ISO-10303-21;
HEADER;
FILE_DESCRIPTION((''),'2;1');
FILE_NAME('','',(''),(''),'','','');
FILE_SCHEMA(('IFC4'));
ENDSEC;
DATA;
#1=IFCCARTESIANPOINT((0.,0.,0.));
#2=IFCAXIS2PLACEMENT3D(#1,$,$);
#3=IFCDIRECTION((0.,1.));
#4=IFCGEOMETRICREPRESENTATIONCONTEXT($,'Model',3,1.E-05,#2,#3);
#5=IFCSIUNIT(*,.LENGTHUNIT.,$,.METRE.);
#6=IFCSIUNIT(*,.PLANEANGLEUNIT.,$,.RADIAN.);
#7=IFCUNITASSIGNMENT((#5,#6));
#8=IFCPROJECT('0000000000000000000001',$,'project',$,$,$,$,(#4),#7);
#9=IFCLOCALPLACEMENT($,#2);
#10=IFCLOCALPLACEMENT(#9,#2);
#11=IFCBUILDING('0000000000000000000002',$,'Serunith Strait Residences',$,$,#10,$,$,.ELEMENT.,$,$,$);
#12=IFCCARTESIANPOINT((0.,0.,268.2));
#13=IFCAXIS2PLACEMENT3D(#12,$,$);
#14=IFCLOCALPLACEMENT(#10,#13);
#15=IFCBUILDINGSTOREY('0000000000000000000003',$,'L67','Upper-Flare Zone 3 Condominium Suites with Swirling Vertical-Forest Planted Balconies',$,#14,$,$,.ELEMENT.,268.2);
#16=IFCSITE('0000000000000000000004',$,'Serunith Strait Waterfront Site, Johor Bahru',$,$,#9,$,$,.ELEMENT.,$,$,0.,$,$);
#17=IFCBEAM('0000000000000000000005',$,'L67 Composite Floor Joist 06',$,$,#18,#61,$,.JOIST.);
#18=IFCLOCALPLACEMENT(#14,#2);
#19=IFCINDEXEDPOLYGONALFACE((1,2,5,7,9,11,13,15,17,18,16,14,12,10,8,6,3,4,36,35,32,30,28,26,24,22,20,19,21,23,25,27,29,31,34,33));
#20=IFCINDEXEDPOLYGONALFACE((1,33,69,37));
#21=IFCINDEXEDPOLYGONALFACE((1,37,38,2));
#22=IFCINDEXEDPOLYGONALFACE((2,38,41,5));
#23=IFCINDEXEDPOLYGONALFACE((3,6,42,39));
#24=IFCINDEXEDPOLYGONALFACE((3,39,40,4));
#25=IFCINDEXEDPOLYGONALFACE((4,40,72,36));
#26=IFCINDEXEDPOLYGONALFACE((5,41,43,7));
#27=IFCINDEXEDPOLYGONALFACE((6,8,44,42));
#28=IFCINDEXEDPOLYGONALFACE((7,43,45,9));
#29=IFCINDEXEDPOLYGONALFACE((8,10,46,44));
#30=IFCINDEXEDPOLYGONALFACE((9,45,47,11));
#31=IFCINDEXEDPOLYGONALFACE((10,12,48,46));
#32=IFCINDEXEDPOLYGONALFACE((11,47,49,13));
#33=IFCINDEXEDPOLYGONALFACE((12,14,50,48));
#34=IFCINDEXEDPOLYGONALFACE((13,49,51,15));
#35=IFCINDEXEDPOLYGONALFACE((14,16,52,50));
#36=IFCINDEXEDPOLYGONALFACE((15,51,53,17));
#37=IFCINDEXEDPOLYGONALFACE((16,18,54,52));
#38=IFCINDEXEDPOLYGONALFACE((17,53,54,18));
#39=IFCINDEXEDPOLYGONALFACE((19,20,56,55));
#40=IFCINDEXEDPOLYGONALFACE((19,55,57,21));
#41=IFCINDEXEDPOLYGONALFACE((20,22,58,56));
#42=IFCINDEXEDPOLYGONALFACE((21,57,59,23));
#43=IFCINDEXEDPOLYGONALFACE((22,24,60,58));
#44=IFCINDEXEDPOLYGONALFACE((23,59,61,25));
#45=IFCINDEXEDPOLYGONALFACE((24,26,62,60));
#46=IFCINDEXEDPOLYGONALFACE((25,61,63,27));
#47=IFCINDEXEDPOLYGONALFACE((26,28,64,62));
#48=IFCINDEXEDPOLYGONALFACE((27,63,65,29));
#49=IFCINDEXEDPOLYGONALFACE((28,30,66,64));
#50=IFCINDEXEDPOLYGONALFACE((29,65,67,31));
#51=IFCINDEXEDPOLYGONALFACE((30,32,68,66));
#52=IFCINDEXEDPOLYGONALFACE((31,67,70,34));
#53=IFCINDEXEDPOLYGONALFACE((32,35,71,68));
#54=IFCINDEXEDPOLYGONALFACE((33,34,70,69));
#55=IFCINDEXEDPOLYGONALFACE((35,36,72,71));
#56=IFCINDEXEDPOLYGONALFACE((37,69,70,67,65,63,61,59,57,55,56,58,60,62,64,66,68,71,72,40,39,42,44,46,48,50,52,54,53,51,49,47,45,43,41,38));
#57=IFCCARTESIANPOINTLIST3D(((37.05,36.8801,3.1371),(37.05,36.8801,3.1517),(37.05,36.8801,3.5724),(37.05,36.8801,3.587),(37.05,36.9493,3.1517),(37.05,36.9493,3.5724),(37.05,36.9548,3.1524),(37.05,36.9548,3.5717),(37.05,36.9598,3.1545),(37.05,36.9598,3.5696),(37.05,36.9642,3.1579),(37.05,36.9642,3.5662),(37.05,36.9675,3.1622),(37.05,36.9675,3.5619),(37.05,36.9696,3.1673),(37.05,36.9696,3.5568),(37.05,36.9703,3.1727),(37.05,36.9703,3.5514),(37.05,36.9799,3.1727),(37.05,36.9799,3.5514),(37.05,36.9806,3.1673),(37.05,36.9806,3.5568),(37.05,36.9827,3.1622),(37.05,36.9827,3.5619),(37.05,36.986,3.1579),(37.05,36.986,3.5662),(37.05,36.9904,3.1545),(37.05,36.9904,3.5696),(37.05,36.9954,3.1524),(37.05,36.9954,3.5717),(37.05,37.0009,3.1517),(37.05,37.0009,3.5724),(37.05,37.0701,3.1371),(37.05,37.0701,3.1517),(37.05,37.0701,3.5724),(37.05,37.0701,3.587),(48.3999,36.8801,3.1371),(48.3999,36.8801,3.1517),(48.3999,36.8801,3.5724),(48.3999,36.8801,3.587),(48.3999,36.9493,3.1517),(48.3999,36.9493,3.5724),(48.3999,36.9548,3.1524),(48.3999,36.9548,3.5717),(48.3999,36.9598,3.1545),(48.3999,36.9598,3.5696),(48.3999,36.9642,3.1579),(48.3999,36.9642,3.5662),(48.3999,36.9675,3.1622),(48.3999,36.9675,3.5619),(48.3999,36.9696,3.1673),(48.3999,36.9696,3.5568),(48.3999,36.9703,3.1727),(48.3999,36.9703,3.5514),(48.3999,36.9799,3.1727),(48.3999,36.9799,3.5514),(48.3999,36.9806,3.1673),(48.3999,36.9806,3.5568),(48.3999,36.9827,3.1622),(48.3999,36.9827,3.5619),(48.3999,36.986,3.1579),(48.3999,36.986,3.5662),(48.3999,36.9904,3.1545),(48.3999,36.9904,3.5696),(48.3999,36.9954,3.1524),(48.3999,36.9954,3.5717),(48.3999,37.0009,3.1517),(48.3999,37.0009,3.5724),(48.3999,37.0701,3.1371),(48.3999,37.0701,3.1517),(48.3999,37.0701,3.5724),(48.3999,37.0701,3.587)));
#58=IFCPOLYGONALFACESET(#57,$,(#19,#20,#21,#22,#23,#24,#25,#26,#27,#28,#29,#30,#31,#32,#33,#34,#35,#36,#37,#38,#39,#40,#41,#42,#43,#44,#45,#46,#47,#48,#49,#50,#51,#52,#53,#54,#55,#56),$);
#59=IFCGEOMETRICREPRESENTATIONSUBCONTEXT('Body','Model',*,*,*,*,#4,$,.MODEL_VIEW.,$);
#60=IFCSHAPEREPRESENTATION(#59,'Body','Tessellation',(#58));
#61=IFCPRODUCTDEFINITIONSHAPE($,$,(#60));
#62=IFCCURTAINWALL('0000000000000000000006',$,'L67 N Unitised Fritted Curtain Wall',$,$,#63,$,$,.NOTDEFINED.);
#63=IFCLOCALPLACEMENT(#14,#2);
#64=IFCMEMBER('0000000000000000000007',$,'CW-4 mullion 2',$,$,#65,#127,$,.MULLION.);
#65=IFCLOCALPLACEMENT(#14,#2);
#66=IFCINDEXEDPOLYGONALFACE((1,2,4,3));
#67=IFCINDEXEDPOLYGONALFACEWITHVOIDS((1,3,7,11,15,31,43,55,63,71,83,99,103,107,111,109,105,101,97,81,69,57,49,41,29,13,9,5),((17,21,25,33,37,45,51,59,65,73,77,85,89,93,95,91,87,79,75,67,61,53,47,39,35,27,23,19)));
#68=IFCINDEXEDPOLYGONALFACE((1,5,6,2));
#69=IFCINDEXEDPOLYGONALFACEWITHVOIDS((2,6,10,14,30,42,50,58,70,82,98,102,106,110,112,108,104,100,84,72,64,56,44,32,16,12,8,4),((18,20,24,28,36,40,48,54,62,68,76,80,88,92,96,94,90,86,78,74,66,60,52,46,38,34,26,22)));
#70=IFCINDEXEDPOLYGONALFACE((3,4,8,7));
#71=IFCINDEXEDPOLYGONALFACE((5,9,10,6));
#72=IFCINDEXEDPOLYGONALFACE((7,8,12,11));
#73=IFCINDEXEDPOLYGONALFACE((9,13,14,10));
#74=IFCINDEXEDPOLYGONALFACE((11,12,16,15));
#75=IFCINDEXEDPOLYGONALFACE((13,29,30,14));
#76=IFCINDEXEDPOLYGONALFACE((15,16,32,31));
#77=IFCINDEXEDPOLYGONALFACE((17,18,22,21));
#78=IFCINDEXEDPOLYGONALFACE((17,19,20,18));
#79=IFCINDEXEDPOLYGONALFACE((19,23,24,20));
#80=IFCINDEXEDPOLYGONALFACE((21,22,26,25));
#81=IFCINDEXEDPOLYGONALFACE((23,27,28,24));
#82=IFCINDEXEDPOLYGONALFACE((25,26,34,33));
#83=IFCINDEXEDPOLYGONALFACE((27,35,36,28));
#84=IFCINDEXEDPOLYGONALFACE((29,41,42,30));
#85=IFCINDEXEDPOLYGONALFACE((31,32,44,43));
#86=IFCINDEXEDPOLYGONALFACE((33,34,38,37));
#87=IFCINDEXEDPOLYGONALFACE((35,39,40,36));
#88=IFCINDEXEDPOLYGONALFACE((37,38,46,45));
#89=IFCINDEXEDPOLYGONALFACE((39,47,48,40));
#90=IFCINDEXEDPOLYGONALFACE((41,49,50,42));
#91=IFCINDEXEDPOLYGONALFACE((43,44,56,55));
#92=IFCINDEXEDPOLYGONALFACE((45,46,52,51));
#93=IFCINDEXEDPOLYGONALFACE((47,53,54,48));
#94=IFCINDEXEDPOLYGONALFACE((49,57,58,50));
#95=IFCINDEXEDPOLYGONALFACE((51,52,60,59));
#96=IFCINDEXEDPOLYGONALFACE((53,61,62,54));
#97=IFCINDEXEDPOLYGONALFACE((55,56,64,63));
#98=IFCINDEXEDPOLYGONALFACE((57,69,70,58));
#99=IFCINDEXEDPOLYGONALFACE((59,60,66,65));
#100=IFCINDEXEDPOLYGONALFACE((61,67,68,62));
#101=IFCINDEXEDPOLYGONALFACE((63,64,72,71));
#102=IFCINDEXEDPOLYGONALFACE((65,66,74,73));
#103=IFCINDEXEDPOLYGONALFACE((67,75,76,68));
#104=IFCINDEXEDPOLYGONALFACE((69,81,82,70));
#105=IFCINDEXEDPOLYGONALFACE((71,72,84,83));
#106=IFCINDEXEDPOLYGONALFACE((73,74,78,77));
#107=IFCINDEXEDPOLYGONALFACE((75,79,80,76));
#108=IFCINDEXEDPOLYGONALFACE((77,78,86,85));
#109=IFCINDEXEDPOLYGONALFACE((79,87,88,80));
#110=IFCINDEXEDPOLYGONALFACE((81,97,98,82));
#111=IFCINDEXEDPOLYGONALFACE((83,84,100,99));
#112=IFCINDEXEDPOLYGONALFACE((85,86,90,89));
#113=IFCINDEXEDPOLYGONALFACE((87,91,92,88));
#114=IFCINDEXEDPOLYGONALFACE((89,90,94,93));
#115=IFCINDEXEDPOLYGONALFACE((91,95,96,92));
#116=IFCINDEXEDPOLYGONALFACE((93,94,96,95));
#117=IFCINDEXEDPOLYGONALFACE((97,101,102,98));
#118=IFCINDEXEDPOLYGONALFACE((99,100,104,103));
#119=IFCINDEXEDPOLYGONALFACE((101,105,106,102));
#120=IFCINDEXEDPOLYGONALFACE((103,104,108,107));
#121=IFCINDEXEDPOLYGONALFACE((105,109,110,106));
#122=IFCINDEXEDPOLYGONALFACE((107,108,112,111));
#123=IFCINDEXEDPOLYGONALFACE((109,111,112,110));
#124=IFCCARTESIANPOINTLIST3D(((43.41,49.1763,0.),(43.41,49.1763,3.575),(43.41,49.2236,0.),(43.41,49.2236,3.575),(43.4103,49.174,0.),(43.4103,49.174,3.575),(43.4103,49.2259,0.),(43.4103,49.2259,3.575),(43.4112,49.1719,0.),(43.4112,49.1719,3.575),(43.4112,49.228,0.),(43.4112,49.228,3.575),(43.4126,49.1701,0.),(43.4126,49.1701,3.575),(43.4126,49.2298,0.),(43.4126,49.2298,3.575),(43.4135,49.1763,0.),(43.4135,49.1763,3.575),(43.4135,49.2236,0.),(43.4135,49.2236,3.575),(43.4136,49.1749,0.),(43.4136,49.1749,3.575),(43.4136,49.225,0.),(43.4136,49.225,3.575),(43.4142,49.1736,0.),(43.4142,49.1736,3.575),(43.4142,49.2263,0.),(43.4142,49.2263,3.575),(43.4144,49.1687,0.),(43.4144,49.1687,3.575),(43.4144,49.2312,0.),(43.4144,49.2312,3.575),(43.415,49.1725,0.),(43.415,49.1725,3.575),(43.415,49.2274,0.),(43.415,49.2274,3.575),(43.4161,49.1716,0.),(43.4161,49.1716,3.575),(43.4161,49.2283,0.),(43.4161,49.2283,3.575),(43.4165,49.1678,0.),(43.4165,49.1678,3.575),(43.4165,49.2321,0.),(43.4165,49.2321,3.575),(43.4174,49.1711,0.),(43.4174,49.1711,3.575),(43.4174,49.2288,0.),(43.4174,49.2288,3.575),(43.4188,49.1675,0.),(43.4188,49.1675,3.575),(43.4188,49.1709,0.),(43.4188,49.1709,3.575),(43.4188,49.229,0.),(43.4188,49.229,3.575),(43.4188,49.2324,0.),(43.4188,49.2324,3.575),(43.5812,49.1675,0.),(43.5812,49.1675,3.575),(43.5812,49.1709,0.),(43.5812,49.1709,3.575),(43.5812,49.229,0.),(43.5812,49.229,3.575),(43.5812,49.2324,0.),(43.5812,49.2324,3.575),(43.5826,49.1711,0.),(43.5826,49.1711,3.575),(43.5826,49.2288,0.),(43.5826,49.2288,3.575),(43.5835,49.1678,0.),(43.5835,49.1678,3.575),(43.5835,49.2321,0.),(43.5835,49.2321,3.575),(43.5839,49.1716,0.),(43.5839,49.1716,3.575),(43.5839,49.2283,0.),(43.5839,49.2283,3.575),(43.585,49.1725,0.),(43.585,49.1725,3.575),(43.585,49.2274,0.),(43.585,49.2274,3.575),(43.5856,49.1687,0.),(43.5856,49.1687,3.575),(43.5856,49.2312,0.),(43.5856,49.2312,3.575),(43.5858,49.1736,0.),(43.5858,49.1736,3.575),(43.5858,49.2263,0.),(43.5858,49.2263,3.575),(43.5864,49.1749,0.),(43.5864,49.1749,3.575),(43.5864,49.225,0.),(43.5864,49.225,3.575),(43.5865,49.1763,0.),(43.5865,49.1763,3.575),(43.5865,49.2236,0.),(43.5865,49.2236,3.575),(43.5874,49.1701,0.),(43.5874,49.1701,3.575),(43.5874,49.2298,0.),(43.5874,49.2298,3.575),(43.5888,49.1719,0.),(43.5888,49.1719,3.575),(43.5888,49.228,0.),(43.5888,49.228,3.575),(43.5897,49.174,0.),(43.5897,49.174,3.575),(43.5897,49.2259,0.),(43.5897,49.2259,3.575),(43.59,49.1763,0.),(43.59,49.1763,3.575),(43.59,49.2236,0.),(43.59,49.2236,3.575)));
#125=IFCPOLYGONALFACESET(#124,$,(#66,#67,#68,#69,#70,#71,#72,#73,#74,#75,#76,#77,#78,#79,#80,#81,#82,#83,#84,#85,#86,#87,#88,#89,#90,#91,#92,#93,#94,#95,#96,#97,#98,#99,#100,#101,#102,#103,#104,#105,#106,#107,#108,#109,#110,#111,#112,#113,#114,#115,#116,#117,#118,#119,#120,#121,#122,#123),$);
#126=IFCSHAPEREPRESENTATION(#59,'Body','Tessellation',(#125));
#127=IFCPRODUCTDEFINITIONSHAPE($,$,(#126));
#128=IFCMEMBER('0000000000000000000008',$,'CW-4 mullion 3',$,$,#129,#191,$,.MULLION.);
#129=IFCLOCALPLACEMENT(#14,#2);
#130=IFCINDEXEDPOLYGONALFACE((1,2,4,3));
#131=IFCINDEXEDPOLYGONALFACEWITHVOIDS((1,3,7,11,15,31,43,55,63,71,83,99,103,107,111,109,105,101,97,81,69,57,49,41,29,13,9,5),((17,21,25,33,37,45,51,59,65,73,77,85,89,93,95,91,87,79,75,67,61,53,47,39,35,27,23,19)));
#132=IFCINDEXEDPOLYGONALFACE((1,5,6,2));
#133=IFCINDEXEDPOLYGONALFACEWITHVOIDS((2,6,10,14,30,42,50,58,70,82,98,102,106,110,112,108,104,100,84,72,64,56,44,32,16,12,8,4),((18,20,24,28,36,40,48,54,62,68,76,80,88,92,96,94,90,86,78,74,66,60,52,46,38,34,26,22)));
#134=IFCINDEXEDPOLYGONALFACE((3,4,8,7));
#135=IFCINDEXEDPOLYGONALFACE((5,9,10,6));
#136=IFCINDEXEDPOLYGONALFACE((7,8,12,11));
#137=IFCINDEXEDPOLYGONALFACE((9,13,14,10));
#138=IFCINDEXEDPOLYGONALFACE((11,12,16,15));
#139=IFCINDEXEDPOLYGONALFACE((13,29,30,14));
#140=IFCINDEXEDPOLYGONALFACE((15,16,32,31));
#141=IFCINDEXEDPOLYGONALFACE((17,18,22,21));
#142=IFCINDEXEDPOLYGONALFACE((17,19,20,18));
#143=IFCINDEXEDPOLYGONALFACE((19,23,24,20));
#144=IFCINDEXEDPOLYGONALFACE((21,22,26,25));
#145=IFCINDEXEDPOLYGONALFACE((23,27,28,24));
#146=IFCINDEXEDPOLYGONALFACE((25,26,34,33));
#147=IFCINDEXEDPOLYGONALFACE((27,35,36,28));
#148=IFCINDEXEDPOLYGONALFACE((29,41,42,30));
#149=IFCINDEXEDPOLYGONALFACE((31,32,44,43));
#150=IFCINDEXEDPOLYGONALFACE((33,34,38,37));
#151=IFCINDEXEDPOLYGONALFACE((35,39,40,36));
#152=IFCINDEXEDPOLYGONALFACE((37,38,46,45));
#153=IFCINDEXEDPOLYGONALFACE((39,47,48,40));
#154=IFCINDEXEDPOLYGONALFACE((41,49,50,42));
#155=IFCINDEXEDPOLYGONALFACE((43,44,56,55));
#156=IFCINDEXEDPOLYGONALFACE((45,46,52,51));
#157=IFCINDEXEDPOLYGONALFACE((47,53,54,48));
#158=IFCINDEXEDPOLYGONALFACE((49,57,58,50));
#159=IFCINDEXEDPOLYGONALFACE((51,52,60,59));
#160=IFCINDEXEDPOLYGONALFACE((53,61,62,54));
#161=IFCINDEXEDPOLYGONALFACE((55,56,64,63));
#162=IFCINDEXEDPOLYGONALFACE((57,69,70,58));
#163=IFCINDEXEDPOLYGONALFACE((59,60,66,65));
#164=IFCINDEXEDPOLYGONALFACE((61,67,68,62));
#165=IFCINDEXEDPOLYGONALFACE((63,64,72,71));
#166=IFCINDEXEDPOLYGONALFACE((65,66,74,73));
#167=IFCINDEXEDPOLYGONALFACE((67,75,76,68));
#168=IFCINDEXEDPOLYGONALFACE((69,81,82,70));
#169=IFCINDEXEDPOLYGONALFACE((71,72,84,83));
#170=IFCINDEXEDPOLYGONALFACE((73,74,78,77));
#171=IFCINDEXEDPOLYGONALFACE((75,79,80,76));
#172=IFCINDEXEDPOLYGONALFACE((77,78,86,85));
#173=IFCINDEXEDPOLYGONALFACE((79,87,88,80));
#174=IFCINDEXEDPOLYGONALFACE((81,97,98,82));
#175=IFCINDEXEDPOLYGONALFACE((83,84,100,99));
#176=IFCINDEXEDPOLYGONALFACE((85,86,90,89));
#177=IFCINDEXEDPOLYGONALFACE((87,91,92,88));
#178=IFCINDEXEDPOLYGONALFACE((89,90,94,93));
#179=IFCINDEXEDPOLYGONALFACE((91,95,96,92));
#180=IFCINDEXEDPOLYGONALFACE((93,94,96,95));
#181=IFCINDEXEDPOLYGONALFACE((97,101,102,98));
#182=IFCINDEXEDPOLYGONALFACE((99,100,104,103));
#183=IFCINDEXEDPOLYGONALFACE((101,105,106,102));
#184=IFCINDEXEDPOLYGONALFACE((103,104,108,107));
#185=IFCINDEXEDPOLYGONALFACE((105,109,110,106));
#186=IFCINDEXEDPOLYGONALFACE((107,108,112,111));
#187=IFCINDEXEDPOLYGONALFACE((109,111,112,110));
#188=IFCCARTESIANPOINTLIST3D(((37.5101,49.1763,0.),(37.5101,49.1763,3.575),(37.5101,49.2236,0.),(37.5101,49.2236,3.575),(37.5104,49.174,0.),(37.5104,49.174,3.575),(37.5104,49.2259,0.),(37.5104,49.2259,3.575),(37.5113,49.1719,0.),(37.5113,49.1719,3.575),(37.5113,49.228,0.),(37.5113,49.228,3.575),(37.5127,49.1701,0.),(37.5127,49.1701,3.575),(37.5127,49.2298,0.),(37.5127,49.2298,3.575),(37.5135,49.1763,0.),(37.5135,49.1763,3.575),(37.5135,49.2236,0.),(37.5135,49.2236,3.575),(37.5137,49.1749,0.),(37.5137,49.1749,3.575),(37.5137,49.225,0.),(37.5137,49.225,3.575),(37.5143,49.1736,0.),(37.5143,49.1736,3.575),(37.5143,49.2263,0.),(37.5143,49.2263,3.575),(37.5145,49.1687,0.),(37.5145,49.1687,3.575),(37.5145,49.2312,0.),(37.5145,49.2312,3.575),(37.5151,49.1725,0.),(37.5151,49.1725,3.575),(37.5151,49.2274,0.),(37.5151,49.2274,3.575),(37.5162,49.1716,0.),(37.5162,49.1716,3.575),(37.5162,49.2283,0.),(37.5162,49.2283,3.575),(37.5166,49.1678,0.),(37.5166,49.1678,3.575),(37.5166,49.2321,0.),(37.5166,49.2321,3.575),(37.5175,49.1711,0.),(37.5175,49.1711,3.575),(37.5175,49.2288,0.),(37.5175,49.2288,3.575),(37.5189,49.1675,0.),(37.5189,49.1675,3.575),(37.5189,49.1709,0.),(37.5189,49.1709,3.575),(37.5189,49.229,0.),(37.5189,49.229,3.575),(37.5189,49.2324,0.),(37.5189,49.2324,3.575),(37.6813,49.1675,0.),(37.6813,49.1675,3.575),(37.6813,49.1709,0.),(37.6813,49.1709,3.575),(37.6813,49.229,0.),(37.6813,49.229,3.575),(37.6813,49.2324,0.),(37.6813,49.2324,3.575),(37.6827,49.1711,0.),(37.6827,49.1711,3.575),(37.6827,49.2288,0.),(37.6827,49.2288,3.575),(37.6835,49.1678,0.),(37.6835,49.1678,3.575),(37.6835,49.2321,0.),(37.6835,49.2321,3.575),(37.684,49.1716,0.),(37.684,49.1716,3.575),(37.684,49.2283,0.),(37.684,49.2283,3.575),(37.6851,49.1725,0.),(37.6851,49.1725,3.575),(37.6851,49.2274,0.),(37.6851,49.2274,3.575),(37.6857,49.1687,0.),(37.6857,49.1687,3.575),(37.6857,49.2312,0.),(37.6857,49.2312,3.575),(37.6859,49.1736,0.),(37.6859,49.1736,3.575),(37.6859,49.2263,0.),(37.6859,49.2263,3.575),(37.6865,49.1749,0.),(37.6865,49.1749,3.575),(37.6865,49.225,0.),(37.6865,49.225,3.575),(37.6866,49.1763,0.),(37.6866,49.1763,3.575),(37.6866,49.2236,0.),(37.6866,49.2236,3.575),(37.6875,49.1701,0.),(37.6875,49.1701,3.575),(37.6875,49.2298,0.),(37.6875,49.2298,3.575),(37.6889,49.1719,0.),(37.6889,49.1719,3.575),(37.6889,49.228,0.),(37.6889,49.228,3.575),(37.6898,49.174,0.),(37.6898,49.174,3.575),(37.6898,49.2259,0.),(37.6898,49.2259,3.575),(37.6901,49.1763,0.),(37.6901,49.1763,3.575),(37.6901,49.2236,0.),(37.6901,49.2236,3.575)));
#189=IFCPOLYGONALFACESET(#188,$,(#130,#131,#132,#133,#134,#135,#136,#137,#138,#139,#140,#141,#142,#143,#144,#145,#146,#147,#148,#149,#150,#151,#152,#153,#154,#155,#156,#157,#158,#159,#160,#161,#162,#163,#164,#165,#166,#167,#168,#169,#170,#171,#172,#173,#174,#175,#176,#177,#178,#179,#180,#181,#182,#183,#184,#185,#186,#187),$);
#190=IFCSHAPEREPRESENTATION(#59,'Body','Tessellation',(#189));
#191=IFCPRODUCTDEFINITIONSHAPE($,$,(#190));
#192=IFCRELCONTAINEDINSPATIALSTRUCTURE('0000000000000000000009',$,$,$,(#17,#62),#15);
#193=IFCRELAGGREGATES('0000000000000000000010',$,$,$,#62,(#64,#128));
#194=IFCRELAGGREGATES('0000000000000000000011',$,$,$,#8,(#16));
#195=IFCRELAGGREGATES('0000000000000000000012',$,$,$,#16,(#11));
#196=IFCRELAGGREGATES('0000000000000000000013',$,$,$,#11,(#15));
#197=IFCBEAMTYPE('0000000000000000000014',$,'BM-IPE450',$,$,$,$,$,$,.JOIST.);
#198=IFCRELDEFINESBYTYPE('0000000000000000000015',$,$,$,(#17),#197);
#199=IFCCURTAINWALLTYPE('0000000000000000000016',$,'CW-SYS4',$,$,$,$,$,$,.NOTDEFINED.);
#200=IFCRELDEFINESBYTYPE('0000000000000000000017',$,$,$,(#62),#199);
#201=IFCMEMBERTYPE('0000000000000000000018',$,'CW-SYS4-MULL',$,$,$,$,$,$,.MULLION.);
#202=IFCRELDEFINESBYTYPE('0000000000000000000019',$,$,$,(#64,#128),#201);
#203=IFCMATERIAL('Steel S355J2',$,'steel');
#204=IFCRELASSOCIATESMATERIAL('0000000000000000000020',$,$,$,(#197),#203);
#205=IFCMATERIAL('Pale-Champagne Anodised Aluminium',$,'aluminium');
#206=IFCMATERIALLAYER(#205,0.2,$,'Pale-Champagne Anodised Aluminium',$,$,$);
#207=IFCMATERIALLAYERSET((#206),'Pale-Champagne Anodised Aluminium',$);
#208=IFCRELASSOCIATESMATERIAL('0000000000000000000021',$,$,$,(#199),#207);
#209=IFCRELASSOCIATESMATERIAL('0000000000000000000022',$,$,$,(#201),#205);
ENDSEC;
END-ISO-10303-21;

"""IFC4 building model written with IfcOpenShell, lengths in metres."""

from ifc_helpers import new_model, si_unit, direction, frame, origin, origin_2d, place, context, subcontext, project, spatial, hollow_rectangle, i_section, extrude, source, transform, mapped, material, layer, layer_set, material_profile, profile_set, type_object, element, aggregate, save


model = new_model("IFC4")

# Units and contexts
model_context = context("Model", 3, precision=1e-05, world=origin(), true_north=direction((0.0, 1.0)))
body_context = subcontext(model_context, "Body", "Model", "MODEL_VIEW")
ifc_project = project(units=[si_unit("LENGTHUNIT", "METRE"), si_unit("PLANEANGLEUNIT", "RADIAN")], contexts=[model_context])

# Site, building, storey
site_placement = place(None, origin())
site = spatial("IfcSite", under=ifc_project, at=site_placement, Name="Serunith Strait Waterfront Site, Johor Bahru", CompositionType="ELEMENT", RefElevation=0.0)
building_placement = place(site_placement, origin())
building = spatial("IfcBuilding", under=site, at=building_placement, Name="Serunith Strait Residences", CompositionType="ELEMENT")
storey_placement = place(building_placement, frame((0.0, 0.0, 268.2)))
storey = spatial("IfcBuildingStorey", under=building, at=storey_placement, Name="L67", Description="Upper-Flare Zone 3 Condominium Suites with Swirling Vertical-Forest Planted Balconies", CompositionType="ELEMENT", Elevation=268.2)

# Beam
ifc_material_1 = material(Name="Steel S355J2", Category="steel")
ifc_material_profile_1 = material_profile(ifc_material_1, i_section(OverallWidth=0.1899, OverallDepth=0.45, WebThickness=0.0095, FlangeThickness=0.0146, FilletRadius=0.021, at=origin_2d()), Name="IPE 450")
ifc_profile_set_1 = profile_set([ifc_material_profile_1], Name="Steel S355J2")
beam_type_1 = type_object("IfcBeamType", Name="BM-IPE450", PredefinedType="JOIST", material=ifc_profile_set_1)
shared_shape_1 = source(origin(), body_context, "Body", "SweptSolid", [
    extrude(i_section(OverallWidth=0.1899, OverallDepth=0.45, WebThickness=0.0095, FlangeThickness=0.0146, FilletRadius=0.021, at=origin_2d()), origin(), (0.0, 0.0, 1.0), 11.3499),
])
beam_1_placement = place(storey_placement, frame((37.05, 36.9751, 3.3621), z_axis=(1.0, 0.0, 0.0), x_axis=(0.0, 1.0, 0.0)))
element("IfcBeam", 1, at=beam_1_placement, inside=storey, type_object=beam_type_1, Name="L67 Composite Floor Joist 06", PredefinedType="JOIST", context=body_context, shape_type="MappedRepresentation", body=[
    mapped(shared_shape_1, transform((0.0, 0.0, 0.0), scale=1.0)),
])

# Curtain wall, members
ifc_material_2 = material(Name="Pale-Champagne Anodised Aluminium", Category="aluminium")
ifc_layer_1 = layer(ifc_material_2, 0.2, Name="Pale-Champagne Anodised Aluminium")
ifc_layer_set_1 = layer_set([ifc_layer_1], Name="Pale-Champagne Anodised Aluminium")
curtain_wall_type = type_object("IfcCurtainWallType", Name="CW-SYS4", PredefinedType="NOTDEFINED", material=ifc_layer_set_1)
curtain_wall_placement = place(storey_placement, origin())
curtain_wall = element("IfcCurtainWall", 2, at=curtain_wall_placement, inside=storey, type_object=curtain_wall_type, Name="L67 N Unitised Fritted Curtain Wall", PredefinedType="NOTDEFINED")
ifc_material_profile_2 = material_profile(ifc_material_2, hollow_rectangle(XDim=0.0649, YDim=0.1799, WallThickness=0.0034, InnerFilletRadius=0.0054, OuterFilletRadius=0.0088, at=origin_2d()), Name="ALU 180x65x3.5")
ifc_profile_set_2 = profile_set([ifc_material_profile_2], Name="Pale-Champagne Anodised Aluminium")
member_type_1 = type_object("IfcMemberType", Name="CW-SYS4-MULL", PredefinedType="MULLION", material=ifc_profile_set_2)
shared_shape_2 = source(origin(), body_context, "Body", "SweptSolid", [
    extrude(hollow_rectangle(XDim=0.0649, YDim=0.1799, WallThickness=0.0034, InnerFilletRadius=0.0054, OuterFilletRadius=0.0088, at=origin_2d()), origin(), (0.0, 0.0, 1.0), 3.575),
])
member_1_placement = place(storey_placement, frame((43.5, 49.2, 0.0), z_axis=(0.0, 0.0, 1.0), x_axis=(0.0, -1.0, 0.0)))
member_1 = element("IfcMember", 3, at=member_1_placement, type_object=member_type_1, Name="CW-4 mullion 2", PredefinedType="MULLION", context=body_context, shape_type="MappedRepresentation", body=[
    mapped(shared_shape_2, transform((0.0, 0.0, 0.0), scale=1.0)),
])
member_2_placement = place(storey_placement, frame((37.6001, 49.2, 0.0), z_axis=(0.0, 0.0, 1.0), x_axis=(0.0, -1.0, 0.0)))
member_2 = element("IfcMember", 4, at=member_2_placement, type_object=member_type_1, Name="CW-4 mullion 3", PredefinedType="MULLION", context=body_context, shape_type="MappedRepresentation", body=[
    mapped(shared_shape_2, transform((0.0, 0.0, 0.0), scale=1.0)),
])
aggregate(curtain_wall, [member_1, member_2])

save(model, "model.ifc")
